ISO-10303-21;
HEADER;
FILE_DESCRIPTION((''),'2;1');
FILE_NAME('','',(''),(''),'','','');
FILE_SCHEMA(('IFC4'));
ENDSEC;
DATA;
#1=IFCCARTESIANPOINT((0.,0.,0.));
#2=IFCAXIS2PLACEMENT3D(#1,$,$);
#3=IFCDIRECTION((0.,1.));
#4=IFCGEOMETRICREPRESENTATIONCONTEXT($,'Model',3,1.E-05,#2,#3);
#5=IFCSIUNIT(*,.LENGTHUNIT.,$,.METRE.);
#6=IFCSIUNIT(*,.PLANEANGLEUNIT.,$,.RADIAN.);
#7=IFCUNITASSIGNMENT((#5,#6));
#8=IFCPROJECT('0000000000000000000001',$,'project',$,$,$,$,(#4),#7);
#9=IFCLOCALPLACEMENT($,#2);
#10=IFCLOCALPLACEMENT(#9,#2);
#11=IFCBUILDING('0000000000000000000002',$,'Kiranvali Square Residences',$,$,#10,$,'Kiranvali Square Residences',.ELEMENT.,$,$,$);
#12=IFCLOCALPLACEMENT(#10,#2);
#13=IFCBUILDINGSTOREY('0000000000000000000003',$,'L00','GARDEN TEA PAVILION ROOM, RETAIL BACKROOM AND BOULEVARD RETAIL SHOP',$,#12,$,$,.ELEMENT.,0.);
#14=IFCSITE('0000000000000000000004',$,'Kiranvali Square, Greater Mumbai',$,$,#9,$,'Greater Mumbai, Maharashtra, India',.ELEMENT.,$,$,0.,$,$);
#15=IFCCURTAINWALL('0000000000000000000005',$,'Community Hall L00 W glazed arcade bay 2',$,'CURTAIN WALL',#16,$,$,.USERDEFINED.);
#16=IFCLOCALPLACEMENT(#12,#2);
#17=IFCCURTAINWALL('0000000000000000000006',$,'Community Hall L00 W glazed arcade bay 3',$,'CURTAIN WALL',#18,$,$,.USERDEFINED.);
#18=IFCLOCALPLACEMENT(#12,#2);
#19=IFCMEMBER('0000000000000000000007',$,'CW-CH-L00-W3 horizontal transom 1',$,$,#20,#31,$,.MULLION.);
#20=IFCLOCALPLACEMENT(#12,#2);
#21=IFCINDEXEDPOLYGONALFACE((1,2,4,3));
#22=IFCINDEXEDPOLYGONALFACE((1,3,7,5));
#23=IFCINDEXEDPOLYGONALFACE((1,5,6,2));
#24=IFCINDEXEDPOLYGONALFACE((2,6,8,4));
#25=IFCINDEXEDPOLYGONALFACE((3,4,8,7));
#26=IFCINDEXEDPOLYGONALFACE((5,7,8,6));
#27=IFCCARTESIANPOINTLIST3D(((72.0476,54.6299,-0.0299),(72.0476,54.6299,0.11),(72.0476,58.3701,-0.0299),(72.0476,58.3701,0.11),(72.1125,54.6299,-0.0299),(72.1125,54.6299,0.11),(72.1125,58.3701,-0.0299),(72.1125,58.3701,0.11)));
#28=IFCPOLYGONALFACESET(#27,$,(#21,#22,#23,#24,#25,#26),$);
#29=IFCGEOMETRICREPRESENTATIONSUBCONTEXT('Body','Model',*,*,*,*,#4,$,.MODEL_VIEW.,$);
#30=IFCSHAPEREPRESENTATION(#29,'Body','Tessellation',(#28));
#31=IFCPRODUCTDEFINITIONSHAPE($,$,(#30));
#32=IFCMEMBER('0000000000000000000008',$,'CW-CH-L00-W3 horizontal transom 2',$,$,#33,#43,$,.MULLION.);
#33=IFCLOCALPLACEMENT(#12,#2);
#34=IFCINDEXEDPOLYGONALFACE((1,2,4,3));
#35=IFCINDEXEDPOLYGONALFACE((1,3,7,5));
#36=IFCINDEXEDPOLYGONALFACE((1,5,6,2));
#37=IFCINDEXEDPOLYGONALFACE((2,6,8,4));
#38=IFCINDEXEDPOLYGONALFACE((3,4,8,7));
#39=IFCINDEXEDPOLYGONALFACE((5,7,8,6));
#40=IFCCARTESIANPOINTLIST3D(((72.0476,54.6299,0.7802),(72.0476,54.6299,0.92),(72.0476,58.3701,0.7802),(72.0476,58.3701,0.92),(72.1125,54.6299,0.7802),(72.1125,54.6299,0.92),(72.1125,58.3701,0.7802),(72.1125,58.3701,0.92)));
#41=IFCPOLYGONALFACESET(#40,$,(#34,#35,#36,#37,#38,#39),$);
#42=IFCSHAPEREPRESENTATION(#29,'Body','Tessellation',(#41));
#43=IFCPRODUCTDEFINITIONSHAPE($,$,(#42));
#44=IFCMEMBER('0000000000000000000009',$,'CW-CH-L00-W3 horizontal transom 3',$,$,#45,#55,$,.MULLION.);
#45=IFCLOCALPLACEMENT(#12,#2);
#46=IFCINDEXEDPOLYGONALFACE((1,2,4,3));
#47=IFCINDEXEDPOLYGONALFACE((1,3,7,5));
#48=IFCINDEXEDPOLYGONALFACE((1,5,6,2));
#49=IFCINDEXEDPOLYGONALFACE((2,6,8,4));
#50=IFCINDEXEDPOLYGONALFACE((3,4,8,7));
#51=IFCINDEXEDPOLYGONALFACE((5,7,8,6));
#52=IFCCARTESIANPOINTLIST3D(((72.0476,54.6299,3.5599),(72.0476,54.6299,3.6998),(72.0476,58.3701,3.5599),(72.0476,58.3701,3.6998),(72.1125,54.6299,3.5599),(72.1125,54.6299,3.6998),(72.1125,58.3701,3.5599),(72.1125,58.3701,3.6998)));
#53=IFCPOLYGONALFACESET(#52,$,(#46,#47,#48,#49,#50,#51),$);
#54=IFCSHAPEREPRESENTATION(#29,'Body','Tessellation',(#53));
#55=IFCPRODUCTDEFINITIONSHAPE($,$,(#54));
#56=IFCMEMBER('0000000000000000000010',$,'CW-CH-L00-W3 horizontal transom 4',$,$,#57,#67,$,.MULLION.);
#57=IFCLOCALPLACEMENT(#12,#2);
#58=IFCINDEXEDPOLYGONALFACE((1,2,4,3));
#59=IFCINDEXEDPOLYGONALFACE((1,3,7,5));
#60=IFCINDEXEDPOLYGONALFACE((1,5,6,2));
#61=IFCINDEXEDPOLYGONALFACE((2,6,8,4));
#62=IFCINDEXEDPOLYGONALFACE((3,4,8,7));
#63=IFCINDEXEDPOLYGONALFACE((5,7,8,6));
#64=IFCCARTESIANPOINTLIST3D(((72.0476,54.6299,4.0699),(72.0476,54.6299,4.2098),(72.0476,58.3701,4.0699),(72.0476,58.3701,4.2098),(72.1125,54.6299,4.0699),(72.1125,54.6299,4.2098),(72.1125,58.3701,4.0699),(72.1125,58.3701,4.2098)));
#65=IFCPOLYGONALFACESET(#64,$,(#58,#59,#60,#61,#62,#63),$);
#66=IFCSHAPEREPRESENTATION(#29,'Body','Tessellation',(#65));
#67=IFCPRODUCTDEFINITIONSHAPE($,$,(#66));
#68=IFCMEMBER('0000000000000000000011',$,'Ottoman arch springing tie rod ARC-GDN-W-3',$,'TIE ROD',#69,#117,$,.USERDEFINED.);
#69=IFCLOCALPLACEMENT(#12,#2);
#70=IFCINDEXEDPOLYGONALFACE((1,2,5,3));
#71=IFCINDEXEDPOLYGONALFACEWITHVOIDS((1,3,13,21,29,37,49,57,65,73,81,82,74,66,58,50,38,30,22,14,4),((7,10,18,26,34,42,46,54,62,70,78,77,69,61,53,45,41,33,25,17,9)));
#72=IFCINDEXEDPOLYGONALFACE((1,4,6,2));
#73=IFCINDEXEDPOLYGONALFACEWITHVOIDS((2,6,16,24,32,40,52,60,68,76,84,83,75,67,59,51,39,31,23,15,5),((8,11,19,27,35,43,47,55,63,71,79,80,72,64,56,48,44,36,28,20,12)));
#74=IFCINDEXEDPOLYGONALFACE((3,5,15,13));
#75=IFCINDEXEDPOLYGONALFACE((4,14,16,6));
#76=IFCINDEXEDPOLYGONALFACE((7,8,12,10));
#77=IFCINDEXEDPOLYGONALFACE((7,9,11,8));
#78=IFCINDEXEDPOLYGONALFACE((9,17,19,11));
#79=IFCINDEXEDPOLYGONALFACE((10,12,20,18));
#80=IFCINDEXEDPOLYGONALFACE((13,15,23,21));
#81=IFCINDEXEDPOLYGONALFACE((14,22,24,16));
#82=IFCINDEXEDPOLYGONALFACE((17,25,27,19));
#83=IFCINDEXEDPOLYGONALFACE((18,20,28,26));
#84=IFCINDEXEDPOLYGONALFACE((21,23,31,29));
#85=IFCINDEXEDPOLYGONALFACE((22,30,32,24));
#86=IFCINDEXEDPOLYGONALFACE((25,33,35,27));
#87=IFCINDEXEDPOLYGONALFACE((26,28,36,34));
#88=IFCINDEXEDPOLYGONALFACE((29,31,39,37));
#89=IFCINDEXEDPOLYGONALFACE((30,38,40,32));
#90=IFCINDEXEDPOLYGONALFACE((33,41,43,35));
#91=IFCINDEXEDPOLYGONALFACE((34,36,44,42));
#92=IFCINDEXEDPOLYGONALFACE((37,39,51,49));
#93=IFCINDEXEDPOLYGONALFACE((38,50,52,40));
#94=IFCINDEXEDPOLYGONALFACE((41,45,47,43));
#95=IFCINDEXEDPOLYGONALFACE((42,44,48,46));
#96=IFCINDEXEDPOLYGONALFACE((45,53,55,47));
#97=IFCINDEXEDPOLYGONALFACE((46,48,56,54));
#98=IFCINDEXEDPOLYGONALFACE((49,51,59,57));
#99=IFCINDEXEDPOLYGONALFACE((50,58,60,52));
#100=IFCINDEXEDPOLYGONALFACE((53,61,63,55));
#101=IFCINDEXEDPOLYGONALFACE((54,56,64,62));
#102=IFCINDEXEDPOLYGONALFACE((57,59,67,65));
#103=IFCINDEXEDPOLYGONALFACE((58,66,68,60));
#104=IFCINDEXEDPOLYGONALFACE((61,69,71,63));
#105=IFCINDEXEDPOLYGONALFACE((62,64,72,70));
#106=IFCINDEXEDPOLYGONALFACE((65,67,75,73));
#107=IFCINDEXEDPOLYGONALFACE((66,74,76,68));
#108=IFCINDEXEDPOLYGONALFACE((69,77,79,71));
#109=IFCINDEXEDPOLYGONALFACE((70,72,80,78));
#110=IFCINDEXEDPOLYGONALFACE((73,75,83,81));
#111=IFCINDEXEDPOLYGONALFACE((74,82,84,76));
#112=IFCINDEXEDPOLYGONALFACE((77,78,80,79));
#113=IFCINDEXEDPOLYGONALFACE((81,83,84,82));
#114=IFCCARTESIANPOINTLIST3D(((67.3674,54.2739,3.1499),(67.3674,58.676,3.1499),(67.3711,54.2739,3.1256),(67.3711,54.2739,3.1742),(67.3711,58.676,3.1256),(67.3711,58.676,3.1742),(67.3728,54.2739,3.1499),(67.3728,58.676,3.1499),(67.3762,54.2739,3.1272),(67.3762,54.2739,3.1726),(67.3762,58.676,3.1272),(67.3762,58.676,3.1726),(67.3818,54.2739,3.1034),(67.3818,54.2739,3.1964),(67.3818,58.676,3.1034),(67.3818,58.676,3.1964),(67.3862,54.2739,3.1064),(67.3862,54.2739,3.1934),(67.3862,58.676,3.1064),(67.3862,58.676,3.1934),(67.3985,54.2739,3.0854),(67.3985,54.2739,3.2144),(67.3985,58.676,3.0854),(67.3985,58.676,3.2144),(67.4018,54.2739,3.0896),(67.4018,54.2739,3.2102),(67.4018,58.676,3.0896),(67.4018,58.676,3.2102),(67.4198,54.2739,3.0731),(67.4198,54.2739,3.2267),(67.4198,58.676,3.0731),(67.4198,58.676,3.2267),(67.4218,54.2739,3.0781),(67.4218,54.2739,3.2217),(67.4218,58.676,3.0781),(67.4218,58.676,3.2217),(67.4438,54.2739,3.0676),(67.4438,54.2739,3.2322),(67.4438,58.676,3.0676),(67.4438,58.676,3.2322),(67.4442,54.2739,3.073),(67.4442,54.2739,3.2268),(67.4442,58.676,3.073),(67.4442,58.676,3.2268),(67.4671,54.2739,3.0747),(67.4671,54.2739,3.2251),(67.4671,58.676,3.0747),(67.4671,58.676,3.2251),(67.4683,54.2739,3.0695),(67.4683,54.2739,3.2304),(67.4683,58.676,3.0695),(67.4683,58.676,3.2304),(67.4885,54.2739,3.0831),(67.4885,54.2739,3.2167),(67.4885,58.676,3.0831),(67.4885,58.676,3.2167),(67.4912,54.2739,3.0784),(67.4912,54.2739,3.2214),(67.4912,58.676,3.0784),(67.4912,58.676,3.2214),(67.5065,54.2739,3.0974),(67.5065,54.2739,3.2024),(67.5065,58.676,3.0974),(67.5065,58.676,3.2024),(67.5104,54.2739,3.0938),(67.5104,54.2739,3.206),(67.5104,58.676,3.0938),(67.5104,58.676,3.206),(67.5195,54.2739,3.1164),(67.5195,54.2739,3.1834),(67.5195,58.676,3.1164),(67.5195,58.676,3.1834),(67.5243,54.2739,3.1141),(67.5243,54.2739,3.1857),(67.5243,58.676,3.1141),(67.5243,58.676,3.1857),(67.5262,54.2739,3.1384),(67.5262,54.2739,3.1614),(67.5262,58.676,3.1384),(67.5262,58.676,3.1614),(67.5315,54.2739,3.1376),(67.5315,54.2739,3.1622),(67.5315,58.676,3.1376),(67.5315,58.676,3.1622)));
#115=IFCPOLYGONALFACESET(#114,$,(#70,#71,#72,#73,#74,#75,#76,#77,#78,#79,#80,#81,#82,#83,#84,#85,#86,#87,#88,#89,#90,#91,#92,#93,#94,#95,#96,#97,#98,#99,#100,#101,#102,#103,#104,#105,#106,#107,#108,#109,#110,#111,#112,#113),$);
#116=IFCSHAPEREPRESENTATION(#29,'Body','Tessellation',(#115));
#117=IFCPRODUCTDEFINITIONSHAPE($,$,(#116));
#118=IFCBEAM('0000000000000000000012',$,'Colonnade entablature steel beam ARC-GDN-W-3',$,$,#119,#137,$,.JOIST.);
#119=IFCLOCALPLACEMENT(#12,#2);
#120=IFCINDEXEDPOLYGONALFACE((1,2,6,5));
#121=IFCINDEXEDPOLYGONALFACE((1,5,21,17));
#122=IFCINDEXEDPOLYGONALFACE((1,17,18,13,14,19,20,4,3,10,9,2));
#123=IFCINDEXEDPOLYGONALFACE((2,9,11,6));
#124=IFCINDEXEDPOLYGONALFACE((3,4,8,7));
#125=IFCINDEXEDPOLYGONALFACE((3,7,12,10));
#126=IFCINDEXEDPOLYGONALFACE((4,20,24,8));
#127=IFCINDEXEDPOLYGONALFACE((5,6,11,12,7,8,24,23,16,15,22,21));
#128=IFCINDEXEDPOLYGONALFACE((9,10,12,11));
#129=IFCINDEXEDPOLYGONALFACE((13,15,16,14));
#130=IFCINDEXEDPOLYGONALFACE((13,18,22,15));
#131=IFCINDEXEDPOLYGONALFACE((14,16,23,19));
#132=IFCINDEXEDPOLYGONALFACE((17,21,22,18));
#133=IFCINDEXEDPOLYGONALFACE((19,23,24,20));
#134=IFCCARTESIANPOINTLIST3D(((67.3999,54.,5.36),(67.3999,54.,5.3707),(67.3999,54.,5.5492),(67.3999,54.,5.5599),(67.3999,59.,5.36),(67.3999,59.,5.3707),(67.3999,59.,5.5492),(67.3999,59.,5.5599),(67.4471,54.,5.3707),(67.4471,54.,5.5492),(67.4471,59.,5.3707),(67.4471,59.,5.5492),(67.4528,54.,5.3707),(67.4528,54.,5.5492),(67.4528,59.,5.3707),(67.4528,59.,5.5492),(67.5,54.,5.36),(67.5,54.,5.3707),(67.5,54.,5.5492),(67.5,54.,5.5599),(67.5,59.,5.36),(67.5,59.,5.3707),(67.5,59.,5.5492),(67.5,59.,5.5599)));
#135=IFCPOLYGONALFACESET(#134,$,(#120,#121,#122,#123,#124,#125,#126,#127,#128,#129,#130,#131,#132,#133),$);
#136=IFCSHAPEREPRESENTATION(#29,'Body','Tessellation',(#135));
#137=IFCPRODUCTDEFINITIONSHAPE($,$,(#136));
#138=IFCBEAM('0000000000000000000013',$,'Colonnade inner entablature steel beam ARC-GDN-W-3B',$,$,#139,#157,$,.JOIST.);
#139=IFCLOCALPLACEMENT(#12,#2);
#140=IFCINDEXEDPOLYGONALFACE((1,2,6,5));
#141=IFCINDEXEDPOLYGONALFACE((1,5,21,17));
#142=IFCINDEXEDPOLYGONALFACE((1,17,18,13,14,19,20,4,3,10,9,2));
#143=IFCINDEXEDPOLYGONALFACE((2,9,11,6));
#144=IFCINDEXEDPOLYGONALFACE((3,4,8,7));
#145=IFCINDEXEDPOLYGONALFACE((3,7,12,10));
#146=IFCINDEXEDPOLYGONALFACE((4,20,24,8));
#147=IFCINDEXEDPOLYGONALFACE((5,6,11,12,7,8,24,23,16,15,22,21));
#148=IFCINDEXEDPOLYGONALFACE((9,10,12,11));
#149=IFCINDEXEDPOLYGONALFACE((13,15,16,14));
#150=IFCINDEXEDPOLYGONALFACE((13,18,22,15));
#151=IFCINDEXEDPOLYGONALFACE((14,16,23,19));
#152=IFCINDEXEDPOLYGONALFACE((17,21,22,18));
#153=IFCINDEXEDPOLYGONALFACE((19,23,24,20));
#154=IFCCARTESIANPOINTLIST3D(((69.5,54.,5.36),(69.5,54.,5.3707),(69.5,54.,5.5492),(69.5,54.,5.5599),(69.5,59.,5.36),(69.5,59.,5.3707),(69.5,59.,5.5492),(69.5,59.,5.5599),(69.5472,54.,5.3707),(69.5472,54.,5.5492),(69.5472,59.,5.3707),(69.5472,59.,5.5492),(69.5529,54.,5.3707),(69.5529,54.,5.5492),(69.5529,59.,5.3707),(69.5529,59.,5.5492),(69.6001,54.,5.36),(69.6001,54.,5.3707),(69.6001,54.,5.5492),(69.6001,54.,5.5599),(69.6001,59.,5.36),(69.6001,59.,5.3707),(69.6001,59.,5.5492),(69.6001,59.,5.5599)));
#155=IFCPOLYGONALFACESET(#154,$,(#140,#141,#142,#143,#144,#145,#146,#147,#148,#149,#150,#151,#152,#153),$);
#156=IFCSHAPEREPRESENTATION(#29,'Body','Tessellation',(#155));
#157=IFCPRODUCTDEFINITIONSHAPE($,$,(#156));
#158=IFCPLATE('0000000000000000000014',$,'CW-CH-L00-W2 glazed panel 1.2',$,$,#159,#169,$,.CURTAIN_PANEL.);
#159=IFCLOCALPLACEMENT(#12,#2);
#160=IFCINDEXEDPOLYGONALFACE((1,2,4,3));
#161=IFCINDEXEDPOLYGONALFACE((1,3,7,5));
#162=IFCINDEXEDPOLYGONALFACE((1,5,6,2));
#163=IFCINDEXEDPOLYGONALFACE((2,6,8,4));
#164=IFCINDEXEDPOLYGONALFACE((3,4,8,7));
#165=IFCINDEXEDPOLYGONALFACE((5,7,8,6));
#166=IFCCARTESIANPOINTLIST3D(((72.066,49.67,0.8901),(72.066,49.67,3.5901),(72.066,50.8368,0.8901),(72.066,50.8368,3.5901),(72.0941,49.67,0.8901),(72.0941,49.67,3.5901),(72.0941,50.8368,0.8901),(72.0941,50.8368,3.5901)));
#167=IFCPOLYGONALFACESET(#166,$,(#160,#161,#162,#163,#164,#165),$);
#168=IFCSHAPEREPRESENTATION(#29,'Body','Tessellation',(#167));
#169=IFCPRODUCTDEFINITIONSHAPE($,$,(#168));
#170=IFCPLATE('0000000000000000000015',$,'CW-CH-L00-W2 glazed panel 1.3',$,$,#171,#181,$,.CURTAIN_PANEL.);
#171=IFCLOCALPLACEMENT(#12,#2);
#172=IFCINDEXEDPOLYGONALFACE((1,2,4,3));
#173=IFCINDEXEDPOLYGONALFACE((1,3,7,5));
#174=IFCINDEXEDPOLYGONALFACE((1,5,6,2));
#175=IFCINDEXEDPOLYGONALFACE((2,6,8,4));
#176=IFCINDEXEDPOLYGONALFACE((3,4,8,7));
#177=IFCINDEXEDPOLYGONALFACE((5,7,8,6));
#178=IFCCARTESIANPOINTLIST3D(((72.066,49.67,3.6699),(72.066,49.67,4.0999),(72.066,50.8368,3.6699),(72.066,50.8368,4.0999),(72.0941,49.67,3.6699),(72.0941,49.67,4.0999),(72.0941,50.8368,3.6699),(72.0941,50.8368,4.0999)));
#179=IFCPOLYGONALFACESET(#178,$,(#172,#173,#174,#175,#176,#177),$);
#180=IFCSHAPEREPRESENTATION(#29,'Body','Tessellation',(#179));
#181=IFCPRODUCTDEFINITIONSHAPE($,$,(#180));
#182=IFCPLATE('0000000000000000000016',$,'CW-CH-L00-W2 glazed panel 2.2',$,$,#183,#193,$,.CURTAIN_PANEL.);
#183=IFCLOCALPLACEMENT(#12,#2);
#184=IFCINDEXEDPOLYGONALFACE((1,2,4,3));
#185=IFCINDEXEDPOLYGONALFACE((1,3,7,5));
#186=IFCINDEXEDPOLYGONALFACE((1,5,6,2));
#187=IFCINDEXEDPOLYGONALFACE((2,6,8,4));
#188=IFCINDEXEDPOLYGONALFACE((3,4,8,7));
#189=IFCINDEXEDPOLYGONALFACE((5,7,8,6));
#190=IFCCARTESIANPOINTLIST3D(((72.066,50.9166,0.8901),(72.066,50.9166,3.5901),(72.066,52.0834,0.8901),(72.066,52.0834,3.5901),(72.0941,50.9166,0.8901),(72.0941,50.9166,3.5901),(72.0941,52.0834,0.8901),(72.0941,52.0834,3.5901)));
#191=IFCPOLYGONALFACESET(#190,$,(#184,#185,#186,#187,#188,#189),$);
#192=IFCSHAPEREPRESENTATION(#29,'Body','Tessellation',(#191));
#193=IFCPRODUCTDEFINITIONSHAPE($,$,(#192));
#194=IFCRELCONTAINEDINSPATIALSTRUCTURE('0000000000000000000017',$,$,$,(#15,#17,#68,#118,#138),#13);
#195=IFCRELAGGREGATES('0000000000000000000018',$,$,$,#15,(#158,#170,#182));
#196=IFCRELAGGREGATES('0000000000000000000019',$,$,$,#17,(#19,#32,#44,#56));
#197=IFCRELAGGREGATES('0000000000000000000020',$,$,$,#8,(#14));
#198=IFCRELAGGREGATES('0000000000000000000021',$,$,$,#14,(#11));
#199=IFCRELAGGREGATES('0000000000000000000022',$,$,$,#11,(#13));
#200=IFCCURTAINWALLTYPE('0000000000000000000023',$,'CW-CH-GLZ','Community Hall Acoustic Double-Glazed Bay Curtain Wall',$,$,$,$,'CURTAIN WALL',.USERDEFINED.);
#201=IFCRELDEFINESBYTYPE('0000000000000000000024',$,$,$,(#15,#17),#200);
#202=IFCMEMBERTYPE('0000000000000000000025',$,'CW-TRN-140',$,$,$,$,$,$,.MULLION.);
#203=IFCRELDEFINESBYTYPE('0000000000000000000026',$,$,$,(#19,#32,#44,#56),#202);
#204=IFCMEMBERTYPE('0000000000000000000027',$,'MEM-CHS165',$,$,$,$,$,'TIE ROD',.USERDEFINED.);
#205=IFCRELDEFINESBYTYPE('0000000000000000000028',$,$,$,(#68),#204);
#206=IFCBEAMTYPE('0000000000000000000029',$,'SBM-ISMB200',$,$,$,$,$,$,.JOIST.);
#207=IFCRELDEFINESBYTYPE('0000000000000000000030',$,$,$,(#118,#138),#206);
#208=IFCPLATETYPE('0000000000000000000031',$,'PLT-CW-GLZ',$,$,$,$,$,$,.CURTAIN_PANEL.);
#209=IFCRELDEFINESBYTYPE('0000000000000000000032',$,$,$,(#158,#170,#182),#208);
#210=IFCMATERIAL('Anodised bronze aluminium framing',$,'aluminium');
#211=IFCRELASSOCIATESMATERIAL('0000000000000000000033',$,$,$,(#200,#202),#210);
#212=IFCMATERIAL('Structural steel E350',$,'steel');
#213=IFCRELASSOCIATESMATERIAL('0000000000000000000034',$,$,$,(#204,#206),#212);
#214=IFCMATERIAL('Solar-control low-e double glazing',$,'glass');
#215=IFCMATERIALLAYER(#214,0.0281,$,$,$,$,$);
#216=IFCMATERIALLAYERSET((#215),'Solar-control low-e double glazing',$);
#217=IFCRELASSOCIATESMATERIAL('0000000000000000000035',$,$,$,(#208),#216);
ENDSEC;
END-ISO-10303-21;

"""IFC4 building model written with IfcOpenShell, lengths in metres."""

from ifc_helpers import new_model, si_unit, direction, frame, origin, origin_2d, place, context, subcontext, project, spatial, rectangle, hollow_circle, i_section, extrude, material, layer, layer_set, material_profile, profile_set, type_object, element, aggregate, save


model = new_model("IFC4")

# Units and contexts
model_context = context("Model", 3, precision=1e-05, world=origin(), true_north=direction((0.0, 1.0)))
body_context = subcontext(model_context, "Body", "Model", "MODEL_VIEW")
ifc_project = project(units=[si_unit("LENGTHUNIT", "METRE"), si_unit("PLANEANGLEUNIT", "RADIAN")], contexts=[model_context])

# Site, building, storey
site_placement = place(None, origin())
site = spatial("IfcSite", under=ifc_project, at=site_placement, Name="Kiranvali Square, Greater Mumbai", LongName="Greater Mumbai, Maharashtra, India", CompositionType="ELEMENT", RefElevation=0.0)
building_placement = place(site_placement, origin())
building = spatial("IfcBuilding", under=site, at=building_placement, Name="Kiranvali Square Residences", LongName="Kiranvali Square Residences", CompositionType="ELEMENT")
storey_placement = place(building_placement, origin())
storey = spatial("IfcBuildingStorey", under=building, at=storey_placement, Name="L00", Description="GARDEN TEA PAVILION ROOM, RETAIL BACKROOM AND BOULEVARD RETAIL SHOP", CompositionType="ELEMENT", Elevation=0.0)

# Curtain walls
ifc_material_1 = material(Name="Anodised bronze aluminium framing", Category="aluminium")
curtain_wall_type = type_object("IfcCurtainWallType", Name="CW-CH-GLZ", Description="Community Hall Acoustic Double-Glazed Bay Curtain Wall", ElementType="CURTAIN WALL", PredefinedType="USERDEFINED", material=ifc_material_1)
curtain_wall_1_placement = place(storey_placement, origin())
curtain_wall_1 = element("IfcCurtainWall", 1, at=curtain_wall_1_placement, inside=storey, type_object=curtain_wall_type, Name="Community Hall L00 W glazed arcade bay 2", ObjectType="CURTAIN WALL", PredefinedType="USERDEFINED")
curtain_wall_2_placement = place(storey_placement, origin())
curtain_wall_2 = element("IfcCurtainWall", 2, at=curtain_wall_2_placement, inside=storey, type_object=curtain_wall_type, Name="Community Hall L00 W glazed arcade bay 3", ObjectType="CURTAIN WALL", PredefinedType="USERDEFINED")

# Members
ifc_material_profile_1 = material_profile(ifc_material_1, rectangle(XDim=0.0649, YDim=0.1399, at=origin_2d()), Name="ALU 65x140")
ifc_profile_set_1 = profile_set([ifc_material_profile_1], Name="Anodised bronze aluminium framing")
member_type_1 = type_object("IfcMemberType", Name="CW-TRN-140", PredefinedType="MULLION", material=ifc_profile_set_1)
member_1_placement = place(storey_placement, frame((72.0801, 54.6299, 0.04), z_axis=(0.0, 1.0, 0.0), x_axis=(-1.0, 0.0, 0.0)))
member_1 = element("IfcMember", 3, at=member_1_placement, type_object=member_type_1, Name="CW-CH-L00-W3 horizontal transom 1", PredefinedType="MULLION", context=body_context, shape_type="SweptSolid", body=[
    extrude(rectangle(XDim=0.0649, YDim=0.1399, at=origin_2d()), origin(), (0.0, 0.0, 1.0), 3.7402),
])
member_2_placement = place(storey_placement, frame((72.0801, 54.6299, 0.8501), z_axis=(0.0, 1.0, 0.0), x_axis=(-1.0, 0.0, 0.0)))
member_2 = element("IfcMember", 4, at=member_2_placement, type_object=member_type_1, Name="CW-CH-L00-W3 horizontal transom 2", PredefinedType="MULLION", context=body_context, shape_type="SweptSolid", body=[
    extrude(rectangle(XDim=0.0649, YDim=0.1399, at=origin_2d()), origin(), (0.0, 0.0, 1.0), 3.7402),
])
member_3_placement = place(storey_placement, frame((72.0801, 54.6299, 3.6299), z_axis=(0.0, 1.0, 0.0), x_axis=(-1.0, 0.0, 0.0)))
member_3 = element("IfcMember", 5, at=member_3_placement, type_object=member_type_1, Name="CW-CH-L00-W3 horizontal transom 3", PredefinedType="MULLION", context=body_context, shape_type="SweptSolid", body=[
    extrude(rectangle(XDim=0.0649, YDim=0.1399, at=origin_2d()), origin(), (0.0, 0.0, 1.0), 3.7402),
])
member_4_placement = place(storey_placement, frame((72.0801, 54.6299, 4.1399), z_axis=(0.0, 1.0, 0.0), x_axis=(-1.0, 0.0, 0.0)))
member_4 = element("IfcMember", 6, at=member_4_placement, type_object=member_type_1, Name="CW-CH-L00-W3 horizontal transom 4", PredefinedType="MULLION", context=body_context, shape_type="SweptSolid", body=[
    extrude(rectangle(XDim=0.0649, YDim=0.1399, at=origin_2d()), origin(), (0.0, 0.0, 1.0), 3.7402),
])
ifc_material_2 = material(Name="Structural steel E350", Category="steel")
ifc_material_profile_2 = material_profile(ifc_material_2, hollow_circle(Radius=0.0825, WallThickness=0.0054, at=origin_2d()), Name="CHS 165.1x5.4")
ifc_profile_set_2 = profile_set([ifc_material_profile_2], Name="Structural steel E350")
member_type_2 = type_object("IfcMemberType", Name="MEM-CHS165", ElementType="TIE ROD", PredefinedType="USERDEFINED", material=ifc_profile_set_2)
member_5_placement = place(storey_placement, frame((67.45, 54.2739, 3.1499), z_axis=(0.0, 1.0, 0.0), x_axis=(-1.0, 0.0, 0.0)))
element("IfcMember", 7, at=member_5_placement, inside=storey, type_object=member_type_2, Name="Ottoman arch springing tie rod ARC-GDN-W-3", ObjectType="TIE ROD", PredefinedType="USERDEFINED", context=body_context, shape_type="SweptSolid", body=[
    extrude(hollow_circle(Radius=0.0825, WallThickness=0.0054, at=origin_2d()), origin(), (0.0, 0.0, 1.0), 4.4021),
])

# Beams
ifc_material_profile_3 = material_profile(ifc_material_2, i_section(OverallWidth=0.1001, OverallDepth=0.2, WebThickness=0.0056, FlangeThickness=0.0107, at=origin_2d()), Name="ISMB 200")
ifc_profile_set_3 = profile_set([ifc_material_profile_3], Name="Structural steel E350")
beam_type_1 = type_object("IfcBeamType", Name="SBM-ISMB200", PredefinedType="JOIST", material=ifc_profile_set_3)
for number, where, z_axis, x_axis, name in (
    (8, (67.45, 54.0, 5.46), (0.0, 1.0, 0.0), (-1.0, 0.0, 0.0), "Colonnade entablature steel beam ARC-GDN-W-3"),
    (9, (69.55, 54.0, 5.46), (0.0, 1.0, 0.0), (-1.0, 0.0, 0.0), "Colonnade inner entablature steel beam ARC-GDN-W-3B"),
):
    element("IfcBeam", number, at=place(storey_placement, frame(where, z_axis=z_axis, x_axis=x_axis)), inside=storey, type_object=beam_type_1, Name=name, PredefinedType="JOIST", context=body_context, shape_type="SweptSolid", body=[
        extrude(i_section(OverallWidth=0.1001, OverallDepth=0.2, WebThickness=0.0056, FlangeThickness=0.0107, at=origin_2d()), origin(), (0.0, 0.0, 1.0), 5.0),
    ])

# Plates
ifc_material_3 = material(Name="Solar-control low-e double glazing", Category="glass")
ifc_layer_1 = layer(ifc_material_3, 0.0281)
ifc_layer_set_1 = layer_set([ifc_layer_1], Name="Solar-control low-e double glazing")
plate_type_1 = type_object("IfcPlateType", Name="PLT-CW-GLZ", PredefinedType="CURTAIN_PANEL", material=ifc_layer_set_1)
plate_1_placement = place(storey_placement, frame((72.0801, 50.2534, 0.8901), z_axis=(0.0, 0.0, 1.0), x_axis=(0.0, 1.0, 0.0)))
plate_1 = element("IfcPlate", 10, at=plate_1_placement, type_object=plate_type_1, Name="CW-CH-L00-W2 glazed panel 1.2", PredefinedType="CURTAIN_PANEL", context=body_context, shape_type="SweptSolid", body=[
    extrude(rectangle(XDim=1.1667, YDim=0.0281, at=origin_2d()), origin(), (0.0, 0.0, 1.0), 2.7),
])
plate_2_placement = place(storey_placement, frame((72.0801, 50.2534, 3.6699), z_axis=(0.0, 0.0, 1.0), x_axis=(0.0, 1.0, 0.0)))
plate_2 = element("IfcPlate", 11, at=plate_2_placement, type_object=plate_type_1, Name="CW-CH-L00-W2 glazed panel 1.3", PredefinedType="CURTAIN_PANEL", context=body_context, shape_type="SweptSolid", body=[
    extrude(rectangle(XDim=1.1667, YDim=0.0281, at=origin_2d()), origin(), (0.0, 0.0, 1.0), 0.4299),
])
plate_3_placement = place(storey_placement, frame((72.0801, 51.5, 0.8901), z_axis=(0.0, 0.0, 1.0), x_axis=(0.0, 1.0, 0.0)))
plate_3 = element("IfcPlate", 12, at=plate_3_placement, type_object=plate_type_1, Name="CW-CH-L00-W2 glazed panel 2.2", PredefinedType="CURTAIN_PANEL", context=body_context, shape_type="SweptSolid", body=[
    extrude(rectangle(XDim=1.1667, YDim=0.0281, at=origin_2d()), origin(), (0.0, 0.0, 1.0), 2.7),
])
aggregate(curtain_wall_1, [plate_1, plate_2, plate_3])
aggregate(curtain_wall_2, [member_1, member_2, member_3, member_4])

save(model, "model.ifc")
